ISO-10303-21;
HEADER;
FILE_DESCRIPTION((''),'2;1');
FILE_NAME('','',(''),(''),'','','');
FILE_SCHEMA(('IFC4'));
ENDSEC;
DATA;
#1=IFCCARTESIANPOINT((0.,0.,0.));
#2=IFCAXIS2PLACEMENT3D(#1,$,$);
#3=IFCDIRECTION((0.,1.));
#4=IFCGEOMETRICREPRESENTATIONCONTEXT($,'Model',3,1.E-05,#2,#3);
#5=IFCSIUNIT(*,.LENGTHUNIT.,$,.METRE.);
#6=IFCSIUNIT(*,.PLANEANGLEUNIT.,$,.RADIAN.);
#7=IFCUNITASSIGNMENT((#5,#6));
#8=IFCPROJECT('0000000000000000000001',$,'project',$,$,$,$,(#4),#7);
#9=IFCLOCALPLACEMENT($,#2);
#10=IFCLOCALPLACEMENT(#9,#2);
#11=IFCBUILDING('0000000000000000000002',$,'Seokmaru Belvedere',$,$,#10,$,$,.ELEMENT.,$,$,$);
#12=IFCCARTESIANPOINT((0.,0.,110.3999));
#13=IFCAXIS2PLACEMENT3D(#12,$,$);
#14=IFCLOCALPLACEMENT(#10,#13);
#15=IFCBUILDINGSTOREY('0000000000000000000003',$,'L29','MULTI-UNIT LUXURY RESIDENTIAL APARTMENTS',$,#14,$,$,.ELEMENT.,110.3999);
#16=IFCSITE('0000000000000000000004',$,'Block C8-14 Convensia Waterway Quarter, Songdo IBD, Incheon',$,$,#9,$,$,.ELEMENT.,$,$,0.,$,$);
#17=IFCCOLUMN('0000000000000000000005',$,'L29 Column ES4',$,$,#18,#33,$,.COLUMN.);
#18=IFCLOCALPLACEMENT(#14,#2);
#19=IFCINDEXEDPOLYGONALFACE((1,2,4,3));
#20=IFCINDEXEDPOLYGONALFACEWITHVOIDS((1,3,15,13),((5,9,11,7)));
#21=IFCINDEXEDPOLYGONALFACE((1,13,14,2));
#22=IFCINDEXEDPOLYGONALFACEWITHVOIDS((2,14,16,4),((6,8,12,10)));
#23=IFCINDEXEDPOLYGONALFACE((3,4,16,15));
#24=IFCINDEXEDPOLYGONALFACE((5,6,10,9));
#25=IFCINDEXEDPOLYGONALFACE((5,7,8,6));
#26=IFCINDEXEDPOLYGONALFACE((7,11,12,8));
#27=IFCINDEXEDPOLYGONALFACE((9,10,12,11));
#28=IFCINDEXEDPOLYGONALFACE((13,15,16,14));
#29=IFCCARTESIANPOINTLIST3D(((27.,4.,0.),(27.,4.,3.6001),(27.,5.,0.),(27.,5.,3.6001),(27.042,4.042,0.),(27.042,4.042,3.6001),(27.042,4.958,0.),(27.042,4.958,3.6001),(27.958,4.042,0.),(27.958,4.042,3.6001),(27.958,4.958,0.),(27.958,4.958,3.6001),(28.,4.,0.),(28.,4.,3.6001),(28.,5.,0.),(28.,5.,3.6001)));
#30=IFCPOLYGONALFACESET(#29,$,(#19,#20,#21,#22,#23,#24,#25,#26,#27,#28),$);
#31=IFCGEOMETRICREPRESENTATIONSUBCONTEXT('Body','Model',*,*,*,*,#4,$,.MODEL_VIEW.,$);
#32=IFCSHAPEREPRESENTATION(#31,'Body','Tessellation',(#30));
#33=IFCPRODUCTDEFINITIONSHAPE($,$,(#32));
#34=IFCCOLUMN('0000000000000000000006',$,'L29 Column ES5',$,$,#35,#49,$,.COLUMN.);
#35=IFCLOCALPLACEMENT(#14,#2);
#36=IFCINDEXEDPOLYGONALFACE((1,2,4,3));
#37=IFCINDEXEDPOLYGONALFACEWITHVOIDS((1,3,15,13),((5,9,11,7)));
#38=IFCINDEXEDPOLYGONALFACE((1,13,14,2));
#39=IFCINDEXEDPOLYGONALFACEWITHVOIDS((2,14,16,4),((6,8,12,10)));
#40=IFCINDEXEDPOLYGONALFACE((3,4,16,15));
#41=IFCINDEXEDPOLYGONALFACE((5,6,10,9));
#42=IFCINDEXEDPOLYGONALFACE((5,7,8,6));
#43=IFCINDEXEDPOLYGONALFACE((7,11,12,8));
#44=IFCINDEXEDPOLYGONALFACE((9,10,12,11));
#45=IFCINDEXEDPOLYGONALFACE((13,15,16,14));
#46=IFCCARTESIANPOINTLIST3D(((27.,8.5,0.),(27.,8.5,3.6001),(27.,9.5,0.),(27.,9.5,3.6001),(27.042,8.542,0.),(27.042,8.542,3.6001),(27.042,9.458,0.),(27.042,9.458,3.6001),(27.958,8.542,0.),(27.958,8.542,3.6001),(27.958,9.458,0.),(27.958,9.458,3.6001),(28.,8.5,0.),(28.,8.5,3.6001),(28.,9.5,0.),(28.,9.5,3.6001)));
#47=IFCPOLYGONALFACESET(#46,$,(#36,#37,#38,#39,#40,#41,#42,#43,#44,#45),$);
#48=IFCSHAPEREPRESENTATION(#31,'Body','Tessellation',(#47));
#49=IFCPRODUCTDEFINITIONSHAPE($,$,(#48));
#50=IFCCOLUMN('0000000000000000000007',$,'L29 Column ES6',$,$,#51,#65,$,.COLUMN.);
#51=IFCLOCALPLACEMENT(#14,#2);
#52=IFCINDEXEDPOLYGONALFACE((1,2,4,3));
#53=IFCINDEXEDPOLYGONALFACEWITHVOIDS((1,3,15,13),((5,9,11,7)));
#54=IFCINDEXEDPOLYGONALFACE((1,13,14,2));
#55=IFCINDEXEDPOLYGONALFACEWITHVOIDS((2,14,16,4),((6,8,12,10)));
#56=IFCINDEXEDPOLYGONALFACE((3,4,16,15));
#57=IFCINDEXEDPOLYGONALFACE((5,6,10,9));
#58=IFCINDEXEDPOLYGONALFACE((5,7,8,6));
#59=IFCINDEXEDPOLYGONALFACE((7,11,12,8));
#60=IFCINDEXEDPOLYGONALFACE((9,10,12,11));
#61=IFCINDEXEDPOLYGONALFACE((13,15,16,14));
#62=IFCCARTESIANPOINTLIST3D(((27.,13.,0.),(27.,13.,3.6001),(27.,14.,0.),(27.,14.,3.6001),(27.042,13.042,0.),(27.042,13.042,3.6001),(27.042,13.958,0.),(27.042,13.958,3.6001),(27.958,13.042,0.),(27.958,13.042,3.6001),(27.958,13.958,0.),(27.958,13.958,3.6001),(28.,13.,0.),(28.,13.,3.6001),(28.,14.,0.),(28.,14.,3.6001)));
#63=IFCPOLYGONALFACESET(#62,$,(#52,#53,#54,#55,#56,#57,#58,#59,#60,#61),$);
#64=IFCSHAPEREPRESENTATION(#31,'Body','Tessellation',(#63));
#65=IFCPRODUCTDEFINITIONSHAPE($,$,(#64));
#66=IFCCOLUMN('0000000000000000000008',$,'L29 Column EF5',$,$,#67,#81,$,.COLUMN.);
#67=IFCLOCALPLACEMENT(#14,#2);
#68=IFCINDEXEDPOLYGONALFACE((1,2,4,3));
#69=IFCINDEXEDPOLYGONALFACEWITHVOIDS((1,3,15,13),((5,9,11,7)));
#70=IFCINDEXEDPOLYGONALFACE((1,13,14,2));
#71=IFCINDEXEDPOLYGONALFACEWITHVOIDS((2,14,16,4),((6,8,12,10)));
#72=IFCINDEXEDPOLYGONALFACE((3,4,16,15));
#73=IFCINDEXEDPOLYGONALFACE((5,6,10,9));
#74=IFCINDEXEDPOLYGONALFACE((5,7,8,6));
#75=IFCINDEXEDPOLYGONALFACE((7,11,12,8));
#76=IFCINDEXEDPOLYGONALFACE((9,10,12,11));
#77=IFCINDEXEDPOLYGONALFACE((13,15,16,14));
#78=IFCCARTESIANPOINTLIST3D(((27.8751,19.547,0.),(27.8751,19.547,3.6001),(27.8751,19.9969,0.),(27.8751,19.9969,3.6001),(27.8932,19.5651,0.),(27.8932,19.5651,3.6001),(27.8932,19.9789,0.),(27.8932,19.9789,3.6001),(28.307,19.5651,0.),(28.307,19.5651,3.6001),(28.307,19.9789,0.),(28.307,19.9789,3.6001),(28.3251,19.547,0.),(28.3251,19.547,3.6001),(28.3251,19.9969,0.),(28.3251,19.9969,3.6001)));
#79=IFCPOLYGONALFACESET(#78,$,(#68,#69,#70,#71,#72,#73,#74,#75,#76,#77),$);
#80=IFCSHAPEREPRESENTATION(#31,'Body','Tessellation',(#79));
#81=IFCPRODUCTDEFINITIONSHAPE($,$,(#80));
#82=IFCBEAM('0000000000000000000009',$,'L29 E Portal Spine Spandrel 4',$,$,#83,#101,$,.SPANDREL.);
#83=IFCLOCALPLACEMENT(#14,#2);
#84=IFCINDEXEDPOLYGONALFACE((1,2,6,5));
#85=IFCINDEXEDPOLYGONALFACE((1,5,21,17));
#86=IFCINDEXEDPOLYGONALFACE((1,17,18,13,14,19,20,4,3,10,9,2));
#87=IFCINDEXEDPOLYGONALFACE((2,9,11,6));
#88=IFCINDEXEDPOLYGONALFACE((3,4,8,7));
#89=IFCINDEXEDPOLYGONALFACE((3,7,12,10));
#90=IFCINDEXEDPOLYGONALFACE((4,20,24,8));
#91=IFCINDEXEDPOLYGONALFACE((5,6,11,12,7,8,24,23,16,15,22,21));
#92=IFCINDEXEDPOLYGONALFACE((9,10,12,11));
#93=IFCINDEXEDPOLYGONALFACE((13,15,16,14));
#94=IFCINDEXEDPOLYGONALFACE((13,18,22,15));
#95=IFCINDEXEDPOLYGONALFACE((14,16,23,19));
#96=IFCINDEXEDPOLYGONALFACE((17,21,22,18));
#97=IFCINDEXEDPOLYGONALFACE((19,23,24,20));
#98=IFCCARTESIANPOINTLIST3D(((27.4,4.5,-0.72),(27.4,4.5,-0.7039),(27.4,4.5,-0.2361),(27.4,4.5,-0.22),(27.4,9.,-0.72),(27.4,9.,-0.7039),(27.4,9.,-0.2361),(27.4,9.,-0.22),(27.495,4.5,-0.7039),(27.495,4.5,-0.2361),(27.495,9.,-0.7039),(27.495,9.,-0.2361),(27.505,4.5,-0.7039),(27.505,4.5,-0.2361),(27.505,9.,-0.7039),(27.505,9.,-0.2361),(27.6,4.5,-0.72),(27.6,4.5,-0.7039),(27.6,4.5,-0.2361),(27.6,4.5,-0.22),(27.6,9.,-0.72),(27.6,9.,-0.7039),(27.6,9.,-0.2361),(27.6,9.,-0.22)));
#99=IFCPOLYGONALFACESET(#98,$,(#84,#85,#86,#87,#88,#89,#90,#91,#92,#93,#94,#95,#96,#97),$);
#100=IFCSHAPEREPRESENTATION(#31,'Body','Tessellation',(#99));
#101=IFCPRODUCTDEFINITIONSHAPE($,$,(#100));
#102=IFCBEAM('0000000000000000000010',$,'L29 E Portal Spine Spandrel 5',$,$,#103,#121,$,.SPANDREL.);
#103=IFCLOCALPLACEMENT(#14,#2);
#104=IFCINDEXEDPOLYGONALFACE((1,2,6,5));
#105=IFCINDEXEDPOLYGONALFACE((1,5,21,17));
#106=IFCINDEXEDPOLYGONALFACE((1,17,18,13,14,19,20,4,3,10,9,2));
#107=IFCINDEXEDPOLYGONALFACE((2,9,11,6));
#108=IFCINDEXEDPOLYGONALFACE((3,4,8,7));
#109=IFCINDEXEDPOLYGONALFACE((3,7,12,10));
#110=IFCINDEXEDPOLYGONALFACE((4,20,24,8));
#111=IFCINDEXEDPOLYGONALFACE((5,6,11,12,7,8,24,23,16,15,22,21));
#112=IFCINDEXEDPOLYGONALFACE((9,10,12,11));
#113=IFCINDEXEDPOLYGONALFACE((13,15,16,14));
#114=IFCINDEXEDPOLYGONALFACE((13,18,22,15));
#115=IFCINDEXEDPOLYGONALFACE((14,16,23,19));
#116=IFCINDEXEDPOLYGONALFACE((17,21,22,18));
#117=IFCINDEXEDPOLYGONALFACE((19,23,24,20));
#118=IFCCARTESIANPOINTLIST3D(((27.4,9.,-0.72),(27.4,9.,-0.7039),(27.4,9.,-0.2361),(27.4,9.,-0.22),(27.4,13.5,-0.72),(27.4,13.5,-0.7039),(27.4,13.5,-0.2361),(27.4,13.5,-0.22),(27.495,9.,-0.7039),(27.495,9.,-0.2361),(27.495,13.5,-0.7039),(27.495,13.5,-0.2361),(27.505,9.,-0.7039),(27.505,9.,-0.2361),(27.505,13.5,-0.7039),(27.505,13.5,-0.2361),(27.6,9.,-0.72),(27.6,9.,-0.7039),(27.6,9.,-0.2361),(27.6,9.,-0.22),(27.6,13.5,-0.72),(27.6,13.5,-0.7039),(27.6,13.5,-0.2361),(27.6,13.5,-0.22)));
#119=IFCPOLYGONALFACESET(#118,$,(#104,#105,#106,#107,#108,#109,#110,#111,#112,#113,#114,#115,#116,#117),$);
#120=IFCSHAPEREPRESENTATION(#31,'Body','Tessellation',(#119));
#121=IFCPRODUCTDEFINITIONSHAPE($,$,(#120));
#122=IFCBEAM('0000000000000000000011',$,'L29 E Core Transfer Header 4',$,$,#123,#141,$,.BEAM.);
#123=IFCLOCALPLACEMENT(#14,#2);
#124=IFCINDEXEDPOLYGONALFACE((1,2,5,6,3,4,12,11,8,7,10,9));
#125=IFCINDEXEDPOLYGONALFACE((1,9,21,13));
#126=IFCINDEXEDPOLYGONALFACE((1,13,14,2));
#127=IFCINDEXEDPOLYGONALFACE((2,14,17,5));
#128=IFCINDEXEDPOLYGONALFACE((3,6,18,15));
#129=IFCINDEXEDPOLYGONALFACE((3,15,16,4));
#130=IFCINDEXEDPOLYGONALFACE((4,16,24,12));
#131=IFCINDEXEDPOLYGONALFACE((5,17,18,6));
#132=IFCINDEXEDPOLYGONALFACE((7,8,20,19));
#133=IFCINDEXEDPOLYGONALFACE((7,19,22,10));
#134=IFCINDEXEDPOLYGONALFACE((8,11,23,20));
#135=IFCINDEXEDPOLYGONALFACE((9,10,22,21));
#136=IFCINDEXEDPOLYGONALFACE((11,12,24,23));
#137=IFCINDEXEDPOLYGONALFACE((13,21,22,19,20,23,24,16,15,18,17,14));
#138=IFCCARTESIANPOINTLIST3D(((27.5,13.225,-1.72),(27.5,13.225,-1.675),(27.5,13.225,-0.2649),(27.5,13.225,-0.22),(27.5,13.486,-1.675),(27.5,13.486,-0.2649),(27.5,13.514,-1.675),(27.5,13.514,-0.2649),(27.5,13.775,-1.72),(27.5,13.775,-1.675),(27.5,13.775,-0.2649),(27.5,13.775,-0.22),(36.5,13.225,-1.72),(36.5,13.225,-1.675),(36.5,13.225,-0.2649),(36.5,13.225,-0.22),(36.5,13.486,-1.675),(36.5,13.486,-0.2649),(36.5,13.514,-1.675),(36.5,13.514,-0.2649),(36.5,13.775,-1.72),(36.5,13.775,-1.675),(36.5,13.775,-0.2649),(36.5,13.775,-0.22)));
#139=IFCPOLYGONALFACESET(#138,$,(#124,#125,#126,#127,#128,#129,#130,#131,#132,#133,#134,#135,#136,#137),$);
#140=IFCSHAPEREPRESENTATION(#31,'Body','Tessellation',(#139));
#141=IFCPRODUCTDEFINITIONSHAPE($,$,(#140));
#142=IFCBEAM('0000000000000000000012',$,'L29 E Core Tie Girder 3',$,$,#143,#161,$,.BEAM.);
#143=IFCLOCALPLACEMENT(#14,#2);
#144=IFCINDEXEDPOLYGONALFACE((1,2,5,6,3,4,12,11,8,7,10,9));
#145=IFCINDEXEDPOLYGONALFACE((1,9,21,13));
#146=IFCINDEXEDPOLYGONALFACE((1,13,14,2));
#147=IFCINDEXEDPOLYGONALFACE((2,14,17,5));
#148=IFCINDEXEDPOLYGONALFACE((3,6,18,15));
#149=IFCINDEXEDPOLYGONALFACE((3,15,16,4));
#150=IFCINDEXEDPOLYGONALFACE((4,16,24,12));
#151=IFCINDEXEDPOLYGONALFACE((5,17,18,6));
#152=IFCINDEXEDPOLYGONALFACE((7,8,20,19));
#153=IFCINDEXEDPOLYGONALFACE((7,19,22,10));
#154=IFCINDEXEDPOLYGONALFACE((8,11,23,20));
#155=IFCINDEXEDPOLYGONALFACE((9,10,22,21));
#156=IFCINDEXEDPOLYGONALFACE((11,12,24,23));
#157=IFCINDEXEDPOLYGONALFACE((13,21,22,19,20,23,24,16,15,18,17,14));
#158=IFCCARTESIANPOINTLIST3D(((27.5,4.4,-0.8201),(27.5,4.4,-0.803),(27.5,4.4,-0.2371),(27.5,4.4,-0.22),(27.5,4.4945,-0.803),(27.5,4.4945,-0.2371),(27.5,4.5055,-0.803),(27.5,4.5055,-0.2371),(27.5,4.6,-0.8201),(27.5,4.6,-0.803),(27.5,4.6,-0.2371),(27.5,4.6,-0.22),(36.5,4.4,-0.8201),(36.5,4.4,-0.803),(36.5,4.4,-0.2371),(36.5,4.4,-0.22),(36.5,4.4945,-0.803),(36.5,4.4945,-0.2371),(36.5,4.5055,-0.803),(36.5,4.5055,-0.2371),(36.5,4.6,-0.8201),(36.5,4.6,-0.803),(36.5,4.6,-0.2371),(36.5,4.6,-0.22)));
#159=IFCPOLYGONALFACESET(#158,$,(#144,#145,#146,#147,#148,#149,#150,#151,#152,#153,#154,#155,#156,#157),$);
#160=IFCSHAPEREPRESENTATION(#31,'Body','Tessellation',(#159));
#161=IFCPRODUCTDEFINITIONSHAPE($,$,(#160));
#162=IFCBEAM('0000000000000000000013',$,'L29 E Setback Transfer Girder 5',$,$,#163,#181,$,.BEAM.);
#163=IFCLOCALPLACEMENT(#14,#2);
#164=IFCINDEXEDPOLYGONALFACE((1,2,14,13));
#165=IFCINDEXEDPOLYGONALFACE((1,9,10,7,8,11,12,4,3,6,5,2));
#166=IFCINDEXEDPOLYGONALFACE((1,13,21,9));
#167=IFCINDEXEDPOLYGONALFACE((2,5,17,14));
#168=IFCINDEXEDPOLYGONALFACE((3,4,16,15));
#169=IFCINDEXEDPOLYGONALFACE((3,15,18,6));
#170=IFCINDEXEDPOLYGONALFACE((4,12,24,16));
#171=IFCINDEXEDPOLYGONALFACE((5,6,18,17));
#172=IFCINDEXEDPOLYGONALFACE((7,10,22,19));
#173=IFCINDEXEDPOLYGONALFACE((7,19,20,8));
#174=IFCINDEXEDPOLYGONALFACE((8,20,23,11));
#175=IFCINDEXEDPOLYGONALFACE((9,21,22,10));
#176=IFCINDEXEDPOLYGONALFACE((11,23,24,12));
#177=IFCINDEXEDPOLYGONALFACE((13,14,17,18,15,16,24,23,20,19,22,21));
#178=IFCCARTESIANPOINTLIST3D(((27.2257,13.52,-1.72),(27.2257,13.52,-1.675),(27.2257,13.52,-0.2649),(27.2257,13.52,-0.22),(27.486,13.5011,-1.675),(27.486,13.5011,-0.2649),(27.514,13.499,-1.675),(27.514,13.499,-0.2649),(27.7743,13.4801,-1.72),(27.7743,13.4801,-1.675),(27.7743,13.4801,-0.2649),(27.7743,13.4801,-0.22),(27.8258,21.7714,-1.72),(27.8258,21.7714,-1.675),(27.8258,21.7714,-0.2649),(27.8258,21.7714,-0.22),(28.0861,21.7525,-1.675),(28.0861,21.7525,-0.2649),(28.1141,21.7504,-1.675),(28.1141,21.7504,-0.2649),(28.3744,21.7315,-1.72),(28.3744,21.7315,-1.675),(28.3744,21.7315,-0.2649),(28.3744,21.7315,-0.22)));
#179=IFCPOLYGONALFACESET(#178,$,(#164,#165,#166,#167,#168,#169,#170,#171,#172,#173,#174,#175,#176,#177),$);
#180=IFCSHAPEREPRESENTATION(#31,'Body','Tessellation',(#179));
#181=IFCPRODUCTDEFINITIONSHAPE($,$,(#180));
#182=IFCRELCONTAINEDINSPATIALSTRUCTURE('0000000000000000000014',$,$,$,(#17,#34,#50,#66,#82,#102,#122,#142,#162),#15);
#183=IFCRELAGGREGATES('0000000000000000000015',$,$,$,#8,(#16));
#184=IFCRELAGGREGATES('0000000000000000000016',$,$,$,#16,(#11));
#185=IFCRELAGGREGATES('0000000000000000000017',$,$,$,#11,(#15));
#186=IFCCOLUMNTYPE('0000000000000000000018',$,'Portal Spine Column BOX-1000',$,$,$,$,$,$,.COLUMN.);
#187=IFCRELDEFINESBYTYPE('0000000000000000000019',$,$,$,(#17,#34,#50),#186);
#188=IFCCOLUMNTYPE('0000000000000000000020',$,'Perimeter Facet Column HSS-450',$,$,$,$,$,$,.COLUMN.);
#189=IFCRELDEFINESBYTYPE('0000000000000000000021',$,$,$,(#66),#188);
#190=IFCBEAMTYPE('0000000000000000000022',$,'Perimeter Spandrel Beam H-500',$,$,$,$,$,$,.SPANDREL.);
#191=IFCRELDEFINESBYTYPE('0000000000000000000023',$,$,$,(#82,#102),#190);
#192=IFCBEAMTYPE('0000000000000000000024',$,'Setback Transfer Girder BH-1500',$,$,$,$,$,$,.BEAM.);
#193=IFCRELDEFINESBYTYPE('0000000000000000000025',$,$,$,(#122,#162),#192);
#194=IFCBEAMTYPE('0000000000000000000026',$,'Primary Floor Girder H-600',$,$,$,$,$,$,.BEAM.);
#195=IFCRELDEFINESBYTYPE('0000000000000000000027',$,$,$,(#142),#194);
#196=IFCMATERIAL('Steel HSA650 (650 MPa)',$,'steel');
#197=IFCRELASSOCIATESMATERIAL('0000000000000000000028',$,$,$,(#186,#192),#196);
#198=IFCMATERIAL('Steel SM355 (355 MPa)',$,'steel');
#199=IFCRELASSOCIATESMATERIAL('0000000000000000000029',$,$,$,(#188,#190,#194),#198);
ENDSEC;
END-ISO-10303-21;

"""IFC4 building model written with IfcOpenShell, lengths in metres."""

from ifc_helpers import new_model, si_unit, direction, frame, origin, origin_2d, place, context, subcontext, project, spatial, hollow_rectangle, i_section, extrude, source, transform, mapped, material, material_profile, profile_set, type_object, type_shapes, element, save


model = new_model("IFC4")

# Units and contexts
model_context = context("Model", 3, precision=1e-05, world=origin(), true_north=direction((0.0, 1.0)))
body_context = subcontext(model_context, "Body", "Model", "MODEL_VIEW")
ifc_project = project(units=[si_unit("LENGTHUNIT", "METRE"), si_unit("PLANEANGLEUNIT", "RADIAN")], contexts=[model_context])

# Site, building, storey
site_placement = place(None, origin())
site = spatial("IfcSite", under=ifc_project, at=site_placement, Name="Block C8-14 Convensia Waterway Quarter, Songdo IBD, Incheon", CompositionType="ELEMENT", RefElevation=0.0)
building_placement = place(site_placement, origin())
building = spatial("IfcBuilding", under=site, at=building_placement, Name="Seokmaru Belvedere", CompositionType="ELEMENT")
storey_placement = place(building_placement, frame((0.0, 0.0, 110.3999)))
storey = spatial("IfcBuildingStorey", under=building, at=storey_placement, Name="L29", Description="MULTI-UNIT LUXURY RESIDENTIAL APARTMENTS", CompositionType="ELEMENT", Elevation=110.3999)

# Columns
ifc_material_1 = material(Name="Steel HSA650 (650 MPa)", Category="steel")
ifc_material_profile_1 = material_profile(ifc_material_1, hollow_rectangle(XDim=1.0, YDim=1.0, WallThickness=0.042, at=origin_2d()), Name="BOX-1000x1000x42")
ifc_profile_set_1 = profile_set([ifc_material_profile_1], Name="Steel HSA650 (650 MPa)")
column_type_1 = type_object("IfcColumnType", Name="Portal Spine Column BOX-1000", PredefinedType="COLUMN", material=ifc_profile_set_1)
shared_shape_1 = source(origin(), body_context, "Body", "SweptSolid", [
    extrude(hollow_rectangle(XDim=1.0, YDim=1.0, WallThickness=0.042, at=origin_2d()), origin(), (0.0, 0.0, 1.0), 3.6001),
])
type_shapes(column_type_1, [shared_shape_1])
for number, where, z_axis, x_axis, name in (
    (1, (27.5, 4.5, 0.0), (0.0, 0.0, 1.0), (1.0, 0.0, 0.0), "L29 Column ES4"),
    (2, (27.5, 9.0, 0.0), (0.0, 0.0, 1.0), (1.0, 0.0, 0.0), "L29 Column ES5"),
    (3, (27.5, 13.5, 0.0), (0.0, 0.0, 1.0), (1.0, 0.0, 0.0), "L29 Column ES6"),
):
    element("IfcColumn", number, at=place(storey_placement, frame(where, z_axis=z_axis, x_axis=x_axis)), inside=storey, type_object=column_type_1, Name=name, PredefinedType="COLUMN", context=body_context, shape_type="MappedRepresentation", body=[
        mapped(shared_shape_1, transform((0.0, 0.0, 0.0), scale=1.0)),
    ])
ifc_material_2 = material(Name="Steel SM355 (355 MPa)", Category="steel")
ifc_material_profile_2 = material_profile(ifc_material_2, hollow_rectangle(XDim=0.45, YDim=0.45, WallThickness=0.0181, at=origin_2d()), Name="HSS-450x450x18")
ifc_profile_set_2 = profile_set([ifc_material_profile_2], Name="Steel SM355 (355 MPa)")
column_type_2 = type_object("IfcColumnType", Name="Perimeter Facet Column HSS-450", PredefinedType="COLUMN", material=ifc_profile_set_2)
shared_shape_2 = source(origin(), body_context, "Body", "SweptSolid", [
    extrude(hollow_rectangle(XDim=0.45, YDim=0.45, WallThickness=0.0181, at=origin_2d()), origin(), (0.0, 0.0, 1.0), 3.6001),
])
type_shapes(column_type_2, [shared_shape_2])
column_placement = place(storey_placement, frame((28.1001, 19.772, 0.0), z_axis=(0.0, 0.0, 1.0), x_axis=(1.0, 0.0, 0.0)))
element("IfcColumn", 4, at=column_placement, inside=storey, type_object=column_type_2, Name="L29 Column EF5", PredefinedType="COLUMN", context=body_context, shape_type="MappedRepresentation", body=[
    mapped(shared_shape_2, transform((0.0, 0.0, 0.0), scale=1.0)),
])

# Beams
ifc_material_profile_3 = material_profile(ifc_material_2, i_section(OverallWidth=0.2, OverallDepth=0.5, WebThickness=0.01, FlangeThickness=0.0161, at=origin_2d()), Name="H-500x200x10x16")
ifc_profile_set_3 = profile_set([ifc_material_profile_3], Name="Steel SM355 (355 MPa)")
beam_type_1 = type_object("IfcBeamType", Name="Perimeter Spandrel Beam H-500", PredefinedType="SPANDREL", material=ifc_profile_set_3)
shared_shape_3 = source(origin(), body_context, "Body", "SweptSolid", [
    extrude(i_section(OverallWidth=0.2, OverallDepth=0.5, WebThickness=0.01, FlangeThickness=0.0161, at=origin_2d()), origin(), (0.0, 0.0, 1.0), 4.5),
])
type_shapes(beam_type_1, [shared_shape_3])
for number, where, z_axis, x_axis, name in (
    (5, (27.5, 4.5, -0.47), (0.0, 1.0, 0.0), (-1.0, 0.0, 0.0), "L29 E Portal Spine Spandrel 4"),
    (6, (27.5, 9.0, -0.47), (0.0, 1.0, 0.0), (-1.0, 0.0, 0.0), "L29 E Portal Spine Spandrel 5"),
):
    element("IfcBeam", number, at=place(storey_placement, frame(where, z_axis=z_axis, x_axis=x_axis)), inside=storey, type_object=beam_type_1, Name=name, PredefinedType="SPANDREL", context=body_context, shape_type="MappedRepresentation", body=[
        mapped(shared_shape_3, transform((0.0, 0.0, 0.0), scale=1.0)),
    ])
ifc_material_profile_4 = material_profile(ifc_material_1, i_section(OverallWidth=0.55, OverallDepth=1.5, WebThickness=0.0281, FlangeThickness=0.0449, at=origin_2d()), Name="BH-1500x550x28x45")
ifc_profile_set_4 = profile_set([ifc_material_profile_4], Name="Steel HSA650 (650 MPa)")
beam_type_2 = type_object("IfcBeamType", Name="Setback Transfer Girder BH-1500", PredefinedType="BEAM", material=ifc_profile_set_4)
shared_shape_4 = source(origin(), body_context, "Body", "SweptSolid", [
    extrude(i_section(OverallWidth=0.55, OverallDepth=1.5, WebThickness=0.0281, FlangeThickness=0.0449, at=origin_2d()), origin(), (0.0, 0.0, 1.0), 9.0),
])
beam_1_placement = place(storey_placement, frame((27.5, 13.5, -0.97), z_axis=(1.0, 0.0, 0.0), x_axis=(0.0, 1.0, 0.0)))
element("IfcBeam", 7, at=beam_1_placement, inside=storey, type_object=beam_type_2, Name="L29 E Core Transfer Header 4", PredefinedType="BEAM", context=body_context, shape_type="MappedRepresentation", body=[
    mapped(shared_shape_4, transform((0.0, 0.0, 0.0), scale=1.0)),
])
ifc_material_profile_5 = material_profile(ifc_material_2, i_section(OverallWidth=0.2, OverallDepth=0.6001, WebThickness=0.011, FlangeThickness=0.0171, at=origin_2d()), Name="H-600x200x11x17")
ifc_profile_set_5 = profile_set([ifc_material_profile_5], Name="Steel SM355 (355 MPa)")
beam_type_3 = type_object("IfcBeamType", Name="Primary Floor Girder H-600", PredefinedType="BEAM", material=ifc_profile_set_5)
shared_shape_5 = source(origin(), body_context, "Body", "SweptSolid", [
    extrude(i_section(OverallWidth=0.2, OverallDepth=0.6001, WebThickness=0.011, FlangeThickness=0.0171, at=origin_2d()), origin(), (0.0, 0.0, 1.0), 9.0),
])
type_shapes(beam_type_3, [shared_shape_5])
beam_2_placement = place(storey_placement, frame((27.5, 4.5, -0.52), z_axis=(1.0, 0.0, 0.0), x_axis=(0.0, 1.0, 0.0)))
element("IfcBeam", 8, at=beam_2_placement, inside=storey, type_object=beam_type_3, Name="L29 E Core Tie Girder 3", PredefinedType="BEAM", context=body_context, shape_type="MappedRepresentation", body=[
    mapped(shared_shape_5, transform((0.0, 0.0, 0.0), scale=1.0)),
])
shared_shape_6 = source(origin(), body_context, "Body", "SweptSolid", [
    extrude(i_section(OverallWidth=0.55, OverallDepth=1.5, WebThickness=0.0281, FlangeThickness=0.0449, at=origin_2d()), origin(), (0.0, 0.0, 1.0), 8.2732),
])
type_shapes(beam_type_2, [shared_shape_4, shared_shape_6])
beam_3_placement = place(storey_placement, frame((28.1001, 21.7515, -0.97), z_axis=(-0.072535, -0.997366, 0.0), x_axis=(0.997366, -0.072535, 0.0)))
element("IfcBeam", 9, at=beam_3_placement, inside=storey, type_object=beam_type_2, Name="L29 E Setback Transfer Girder 5", PredefinedType="BEAM", context=body_context, shape_type="MappedRepresentation", body=[
    mapped(shared_shape_6, transform((0.0, 0.0, 0.0), scale=1.0)),
])

save(model, "model.ifc")
